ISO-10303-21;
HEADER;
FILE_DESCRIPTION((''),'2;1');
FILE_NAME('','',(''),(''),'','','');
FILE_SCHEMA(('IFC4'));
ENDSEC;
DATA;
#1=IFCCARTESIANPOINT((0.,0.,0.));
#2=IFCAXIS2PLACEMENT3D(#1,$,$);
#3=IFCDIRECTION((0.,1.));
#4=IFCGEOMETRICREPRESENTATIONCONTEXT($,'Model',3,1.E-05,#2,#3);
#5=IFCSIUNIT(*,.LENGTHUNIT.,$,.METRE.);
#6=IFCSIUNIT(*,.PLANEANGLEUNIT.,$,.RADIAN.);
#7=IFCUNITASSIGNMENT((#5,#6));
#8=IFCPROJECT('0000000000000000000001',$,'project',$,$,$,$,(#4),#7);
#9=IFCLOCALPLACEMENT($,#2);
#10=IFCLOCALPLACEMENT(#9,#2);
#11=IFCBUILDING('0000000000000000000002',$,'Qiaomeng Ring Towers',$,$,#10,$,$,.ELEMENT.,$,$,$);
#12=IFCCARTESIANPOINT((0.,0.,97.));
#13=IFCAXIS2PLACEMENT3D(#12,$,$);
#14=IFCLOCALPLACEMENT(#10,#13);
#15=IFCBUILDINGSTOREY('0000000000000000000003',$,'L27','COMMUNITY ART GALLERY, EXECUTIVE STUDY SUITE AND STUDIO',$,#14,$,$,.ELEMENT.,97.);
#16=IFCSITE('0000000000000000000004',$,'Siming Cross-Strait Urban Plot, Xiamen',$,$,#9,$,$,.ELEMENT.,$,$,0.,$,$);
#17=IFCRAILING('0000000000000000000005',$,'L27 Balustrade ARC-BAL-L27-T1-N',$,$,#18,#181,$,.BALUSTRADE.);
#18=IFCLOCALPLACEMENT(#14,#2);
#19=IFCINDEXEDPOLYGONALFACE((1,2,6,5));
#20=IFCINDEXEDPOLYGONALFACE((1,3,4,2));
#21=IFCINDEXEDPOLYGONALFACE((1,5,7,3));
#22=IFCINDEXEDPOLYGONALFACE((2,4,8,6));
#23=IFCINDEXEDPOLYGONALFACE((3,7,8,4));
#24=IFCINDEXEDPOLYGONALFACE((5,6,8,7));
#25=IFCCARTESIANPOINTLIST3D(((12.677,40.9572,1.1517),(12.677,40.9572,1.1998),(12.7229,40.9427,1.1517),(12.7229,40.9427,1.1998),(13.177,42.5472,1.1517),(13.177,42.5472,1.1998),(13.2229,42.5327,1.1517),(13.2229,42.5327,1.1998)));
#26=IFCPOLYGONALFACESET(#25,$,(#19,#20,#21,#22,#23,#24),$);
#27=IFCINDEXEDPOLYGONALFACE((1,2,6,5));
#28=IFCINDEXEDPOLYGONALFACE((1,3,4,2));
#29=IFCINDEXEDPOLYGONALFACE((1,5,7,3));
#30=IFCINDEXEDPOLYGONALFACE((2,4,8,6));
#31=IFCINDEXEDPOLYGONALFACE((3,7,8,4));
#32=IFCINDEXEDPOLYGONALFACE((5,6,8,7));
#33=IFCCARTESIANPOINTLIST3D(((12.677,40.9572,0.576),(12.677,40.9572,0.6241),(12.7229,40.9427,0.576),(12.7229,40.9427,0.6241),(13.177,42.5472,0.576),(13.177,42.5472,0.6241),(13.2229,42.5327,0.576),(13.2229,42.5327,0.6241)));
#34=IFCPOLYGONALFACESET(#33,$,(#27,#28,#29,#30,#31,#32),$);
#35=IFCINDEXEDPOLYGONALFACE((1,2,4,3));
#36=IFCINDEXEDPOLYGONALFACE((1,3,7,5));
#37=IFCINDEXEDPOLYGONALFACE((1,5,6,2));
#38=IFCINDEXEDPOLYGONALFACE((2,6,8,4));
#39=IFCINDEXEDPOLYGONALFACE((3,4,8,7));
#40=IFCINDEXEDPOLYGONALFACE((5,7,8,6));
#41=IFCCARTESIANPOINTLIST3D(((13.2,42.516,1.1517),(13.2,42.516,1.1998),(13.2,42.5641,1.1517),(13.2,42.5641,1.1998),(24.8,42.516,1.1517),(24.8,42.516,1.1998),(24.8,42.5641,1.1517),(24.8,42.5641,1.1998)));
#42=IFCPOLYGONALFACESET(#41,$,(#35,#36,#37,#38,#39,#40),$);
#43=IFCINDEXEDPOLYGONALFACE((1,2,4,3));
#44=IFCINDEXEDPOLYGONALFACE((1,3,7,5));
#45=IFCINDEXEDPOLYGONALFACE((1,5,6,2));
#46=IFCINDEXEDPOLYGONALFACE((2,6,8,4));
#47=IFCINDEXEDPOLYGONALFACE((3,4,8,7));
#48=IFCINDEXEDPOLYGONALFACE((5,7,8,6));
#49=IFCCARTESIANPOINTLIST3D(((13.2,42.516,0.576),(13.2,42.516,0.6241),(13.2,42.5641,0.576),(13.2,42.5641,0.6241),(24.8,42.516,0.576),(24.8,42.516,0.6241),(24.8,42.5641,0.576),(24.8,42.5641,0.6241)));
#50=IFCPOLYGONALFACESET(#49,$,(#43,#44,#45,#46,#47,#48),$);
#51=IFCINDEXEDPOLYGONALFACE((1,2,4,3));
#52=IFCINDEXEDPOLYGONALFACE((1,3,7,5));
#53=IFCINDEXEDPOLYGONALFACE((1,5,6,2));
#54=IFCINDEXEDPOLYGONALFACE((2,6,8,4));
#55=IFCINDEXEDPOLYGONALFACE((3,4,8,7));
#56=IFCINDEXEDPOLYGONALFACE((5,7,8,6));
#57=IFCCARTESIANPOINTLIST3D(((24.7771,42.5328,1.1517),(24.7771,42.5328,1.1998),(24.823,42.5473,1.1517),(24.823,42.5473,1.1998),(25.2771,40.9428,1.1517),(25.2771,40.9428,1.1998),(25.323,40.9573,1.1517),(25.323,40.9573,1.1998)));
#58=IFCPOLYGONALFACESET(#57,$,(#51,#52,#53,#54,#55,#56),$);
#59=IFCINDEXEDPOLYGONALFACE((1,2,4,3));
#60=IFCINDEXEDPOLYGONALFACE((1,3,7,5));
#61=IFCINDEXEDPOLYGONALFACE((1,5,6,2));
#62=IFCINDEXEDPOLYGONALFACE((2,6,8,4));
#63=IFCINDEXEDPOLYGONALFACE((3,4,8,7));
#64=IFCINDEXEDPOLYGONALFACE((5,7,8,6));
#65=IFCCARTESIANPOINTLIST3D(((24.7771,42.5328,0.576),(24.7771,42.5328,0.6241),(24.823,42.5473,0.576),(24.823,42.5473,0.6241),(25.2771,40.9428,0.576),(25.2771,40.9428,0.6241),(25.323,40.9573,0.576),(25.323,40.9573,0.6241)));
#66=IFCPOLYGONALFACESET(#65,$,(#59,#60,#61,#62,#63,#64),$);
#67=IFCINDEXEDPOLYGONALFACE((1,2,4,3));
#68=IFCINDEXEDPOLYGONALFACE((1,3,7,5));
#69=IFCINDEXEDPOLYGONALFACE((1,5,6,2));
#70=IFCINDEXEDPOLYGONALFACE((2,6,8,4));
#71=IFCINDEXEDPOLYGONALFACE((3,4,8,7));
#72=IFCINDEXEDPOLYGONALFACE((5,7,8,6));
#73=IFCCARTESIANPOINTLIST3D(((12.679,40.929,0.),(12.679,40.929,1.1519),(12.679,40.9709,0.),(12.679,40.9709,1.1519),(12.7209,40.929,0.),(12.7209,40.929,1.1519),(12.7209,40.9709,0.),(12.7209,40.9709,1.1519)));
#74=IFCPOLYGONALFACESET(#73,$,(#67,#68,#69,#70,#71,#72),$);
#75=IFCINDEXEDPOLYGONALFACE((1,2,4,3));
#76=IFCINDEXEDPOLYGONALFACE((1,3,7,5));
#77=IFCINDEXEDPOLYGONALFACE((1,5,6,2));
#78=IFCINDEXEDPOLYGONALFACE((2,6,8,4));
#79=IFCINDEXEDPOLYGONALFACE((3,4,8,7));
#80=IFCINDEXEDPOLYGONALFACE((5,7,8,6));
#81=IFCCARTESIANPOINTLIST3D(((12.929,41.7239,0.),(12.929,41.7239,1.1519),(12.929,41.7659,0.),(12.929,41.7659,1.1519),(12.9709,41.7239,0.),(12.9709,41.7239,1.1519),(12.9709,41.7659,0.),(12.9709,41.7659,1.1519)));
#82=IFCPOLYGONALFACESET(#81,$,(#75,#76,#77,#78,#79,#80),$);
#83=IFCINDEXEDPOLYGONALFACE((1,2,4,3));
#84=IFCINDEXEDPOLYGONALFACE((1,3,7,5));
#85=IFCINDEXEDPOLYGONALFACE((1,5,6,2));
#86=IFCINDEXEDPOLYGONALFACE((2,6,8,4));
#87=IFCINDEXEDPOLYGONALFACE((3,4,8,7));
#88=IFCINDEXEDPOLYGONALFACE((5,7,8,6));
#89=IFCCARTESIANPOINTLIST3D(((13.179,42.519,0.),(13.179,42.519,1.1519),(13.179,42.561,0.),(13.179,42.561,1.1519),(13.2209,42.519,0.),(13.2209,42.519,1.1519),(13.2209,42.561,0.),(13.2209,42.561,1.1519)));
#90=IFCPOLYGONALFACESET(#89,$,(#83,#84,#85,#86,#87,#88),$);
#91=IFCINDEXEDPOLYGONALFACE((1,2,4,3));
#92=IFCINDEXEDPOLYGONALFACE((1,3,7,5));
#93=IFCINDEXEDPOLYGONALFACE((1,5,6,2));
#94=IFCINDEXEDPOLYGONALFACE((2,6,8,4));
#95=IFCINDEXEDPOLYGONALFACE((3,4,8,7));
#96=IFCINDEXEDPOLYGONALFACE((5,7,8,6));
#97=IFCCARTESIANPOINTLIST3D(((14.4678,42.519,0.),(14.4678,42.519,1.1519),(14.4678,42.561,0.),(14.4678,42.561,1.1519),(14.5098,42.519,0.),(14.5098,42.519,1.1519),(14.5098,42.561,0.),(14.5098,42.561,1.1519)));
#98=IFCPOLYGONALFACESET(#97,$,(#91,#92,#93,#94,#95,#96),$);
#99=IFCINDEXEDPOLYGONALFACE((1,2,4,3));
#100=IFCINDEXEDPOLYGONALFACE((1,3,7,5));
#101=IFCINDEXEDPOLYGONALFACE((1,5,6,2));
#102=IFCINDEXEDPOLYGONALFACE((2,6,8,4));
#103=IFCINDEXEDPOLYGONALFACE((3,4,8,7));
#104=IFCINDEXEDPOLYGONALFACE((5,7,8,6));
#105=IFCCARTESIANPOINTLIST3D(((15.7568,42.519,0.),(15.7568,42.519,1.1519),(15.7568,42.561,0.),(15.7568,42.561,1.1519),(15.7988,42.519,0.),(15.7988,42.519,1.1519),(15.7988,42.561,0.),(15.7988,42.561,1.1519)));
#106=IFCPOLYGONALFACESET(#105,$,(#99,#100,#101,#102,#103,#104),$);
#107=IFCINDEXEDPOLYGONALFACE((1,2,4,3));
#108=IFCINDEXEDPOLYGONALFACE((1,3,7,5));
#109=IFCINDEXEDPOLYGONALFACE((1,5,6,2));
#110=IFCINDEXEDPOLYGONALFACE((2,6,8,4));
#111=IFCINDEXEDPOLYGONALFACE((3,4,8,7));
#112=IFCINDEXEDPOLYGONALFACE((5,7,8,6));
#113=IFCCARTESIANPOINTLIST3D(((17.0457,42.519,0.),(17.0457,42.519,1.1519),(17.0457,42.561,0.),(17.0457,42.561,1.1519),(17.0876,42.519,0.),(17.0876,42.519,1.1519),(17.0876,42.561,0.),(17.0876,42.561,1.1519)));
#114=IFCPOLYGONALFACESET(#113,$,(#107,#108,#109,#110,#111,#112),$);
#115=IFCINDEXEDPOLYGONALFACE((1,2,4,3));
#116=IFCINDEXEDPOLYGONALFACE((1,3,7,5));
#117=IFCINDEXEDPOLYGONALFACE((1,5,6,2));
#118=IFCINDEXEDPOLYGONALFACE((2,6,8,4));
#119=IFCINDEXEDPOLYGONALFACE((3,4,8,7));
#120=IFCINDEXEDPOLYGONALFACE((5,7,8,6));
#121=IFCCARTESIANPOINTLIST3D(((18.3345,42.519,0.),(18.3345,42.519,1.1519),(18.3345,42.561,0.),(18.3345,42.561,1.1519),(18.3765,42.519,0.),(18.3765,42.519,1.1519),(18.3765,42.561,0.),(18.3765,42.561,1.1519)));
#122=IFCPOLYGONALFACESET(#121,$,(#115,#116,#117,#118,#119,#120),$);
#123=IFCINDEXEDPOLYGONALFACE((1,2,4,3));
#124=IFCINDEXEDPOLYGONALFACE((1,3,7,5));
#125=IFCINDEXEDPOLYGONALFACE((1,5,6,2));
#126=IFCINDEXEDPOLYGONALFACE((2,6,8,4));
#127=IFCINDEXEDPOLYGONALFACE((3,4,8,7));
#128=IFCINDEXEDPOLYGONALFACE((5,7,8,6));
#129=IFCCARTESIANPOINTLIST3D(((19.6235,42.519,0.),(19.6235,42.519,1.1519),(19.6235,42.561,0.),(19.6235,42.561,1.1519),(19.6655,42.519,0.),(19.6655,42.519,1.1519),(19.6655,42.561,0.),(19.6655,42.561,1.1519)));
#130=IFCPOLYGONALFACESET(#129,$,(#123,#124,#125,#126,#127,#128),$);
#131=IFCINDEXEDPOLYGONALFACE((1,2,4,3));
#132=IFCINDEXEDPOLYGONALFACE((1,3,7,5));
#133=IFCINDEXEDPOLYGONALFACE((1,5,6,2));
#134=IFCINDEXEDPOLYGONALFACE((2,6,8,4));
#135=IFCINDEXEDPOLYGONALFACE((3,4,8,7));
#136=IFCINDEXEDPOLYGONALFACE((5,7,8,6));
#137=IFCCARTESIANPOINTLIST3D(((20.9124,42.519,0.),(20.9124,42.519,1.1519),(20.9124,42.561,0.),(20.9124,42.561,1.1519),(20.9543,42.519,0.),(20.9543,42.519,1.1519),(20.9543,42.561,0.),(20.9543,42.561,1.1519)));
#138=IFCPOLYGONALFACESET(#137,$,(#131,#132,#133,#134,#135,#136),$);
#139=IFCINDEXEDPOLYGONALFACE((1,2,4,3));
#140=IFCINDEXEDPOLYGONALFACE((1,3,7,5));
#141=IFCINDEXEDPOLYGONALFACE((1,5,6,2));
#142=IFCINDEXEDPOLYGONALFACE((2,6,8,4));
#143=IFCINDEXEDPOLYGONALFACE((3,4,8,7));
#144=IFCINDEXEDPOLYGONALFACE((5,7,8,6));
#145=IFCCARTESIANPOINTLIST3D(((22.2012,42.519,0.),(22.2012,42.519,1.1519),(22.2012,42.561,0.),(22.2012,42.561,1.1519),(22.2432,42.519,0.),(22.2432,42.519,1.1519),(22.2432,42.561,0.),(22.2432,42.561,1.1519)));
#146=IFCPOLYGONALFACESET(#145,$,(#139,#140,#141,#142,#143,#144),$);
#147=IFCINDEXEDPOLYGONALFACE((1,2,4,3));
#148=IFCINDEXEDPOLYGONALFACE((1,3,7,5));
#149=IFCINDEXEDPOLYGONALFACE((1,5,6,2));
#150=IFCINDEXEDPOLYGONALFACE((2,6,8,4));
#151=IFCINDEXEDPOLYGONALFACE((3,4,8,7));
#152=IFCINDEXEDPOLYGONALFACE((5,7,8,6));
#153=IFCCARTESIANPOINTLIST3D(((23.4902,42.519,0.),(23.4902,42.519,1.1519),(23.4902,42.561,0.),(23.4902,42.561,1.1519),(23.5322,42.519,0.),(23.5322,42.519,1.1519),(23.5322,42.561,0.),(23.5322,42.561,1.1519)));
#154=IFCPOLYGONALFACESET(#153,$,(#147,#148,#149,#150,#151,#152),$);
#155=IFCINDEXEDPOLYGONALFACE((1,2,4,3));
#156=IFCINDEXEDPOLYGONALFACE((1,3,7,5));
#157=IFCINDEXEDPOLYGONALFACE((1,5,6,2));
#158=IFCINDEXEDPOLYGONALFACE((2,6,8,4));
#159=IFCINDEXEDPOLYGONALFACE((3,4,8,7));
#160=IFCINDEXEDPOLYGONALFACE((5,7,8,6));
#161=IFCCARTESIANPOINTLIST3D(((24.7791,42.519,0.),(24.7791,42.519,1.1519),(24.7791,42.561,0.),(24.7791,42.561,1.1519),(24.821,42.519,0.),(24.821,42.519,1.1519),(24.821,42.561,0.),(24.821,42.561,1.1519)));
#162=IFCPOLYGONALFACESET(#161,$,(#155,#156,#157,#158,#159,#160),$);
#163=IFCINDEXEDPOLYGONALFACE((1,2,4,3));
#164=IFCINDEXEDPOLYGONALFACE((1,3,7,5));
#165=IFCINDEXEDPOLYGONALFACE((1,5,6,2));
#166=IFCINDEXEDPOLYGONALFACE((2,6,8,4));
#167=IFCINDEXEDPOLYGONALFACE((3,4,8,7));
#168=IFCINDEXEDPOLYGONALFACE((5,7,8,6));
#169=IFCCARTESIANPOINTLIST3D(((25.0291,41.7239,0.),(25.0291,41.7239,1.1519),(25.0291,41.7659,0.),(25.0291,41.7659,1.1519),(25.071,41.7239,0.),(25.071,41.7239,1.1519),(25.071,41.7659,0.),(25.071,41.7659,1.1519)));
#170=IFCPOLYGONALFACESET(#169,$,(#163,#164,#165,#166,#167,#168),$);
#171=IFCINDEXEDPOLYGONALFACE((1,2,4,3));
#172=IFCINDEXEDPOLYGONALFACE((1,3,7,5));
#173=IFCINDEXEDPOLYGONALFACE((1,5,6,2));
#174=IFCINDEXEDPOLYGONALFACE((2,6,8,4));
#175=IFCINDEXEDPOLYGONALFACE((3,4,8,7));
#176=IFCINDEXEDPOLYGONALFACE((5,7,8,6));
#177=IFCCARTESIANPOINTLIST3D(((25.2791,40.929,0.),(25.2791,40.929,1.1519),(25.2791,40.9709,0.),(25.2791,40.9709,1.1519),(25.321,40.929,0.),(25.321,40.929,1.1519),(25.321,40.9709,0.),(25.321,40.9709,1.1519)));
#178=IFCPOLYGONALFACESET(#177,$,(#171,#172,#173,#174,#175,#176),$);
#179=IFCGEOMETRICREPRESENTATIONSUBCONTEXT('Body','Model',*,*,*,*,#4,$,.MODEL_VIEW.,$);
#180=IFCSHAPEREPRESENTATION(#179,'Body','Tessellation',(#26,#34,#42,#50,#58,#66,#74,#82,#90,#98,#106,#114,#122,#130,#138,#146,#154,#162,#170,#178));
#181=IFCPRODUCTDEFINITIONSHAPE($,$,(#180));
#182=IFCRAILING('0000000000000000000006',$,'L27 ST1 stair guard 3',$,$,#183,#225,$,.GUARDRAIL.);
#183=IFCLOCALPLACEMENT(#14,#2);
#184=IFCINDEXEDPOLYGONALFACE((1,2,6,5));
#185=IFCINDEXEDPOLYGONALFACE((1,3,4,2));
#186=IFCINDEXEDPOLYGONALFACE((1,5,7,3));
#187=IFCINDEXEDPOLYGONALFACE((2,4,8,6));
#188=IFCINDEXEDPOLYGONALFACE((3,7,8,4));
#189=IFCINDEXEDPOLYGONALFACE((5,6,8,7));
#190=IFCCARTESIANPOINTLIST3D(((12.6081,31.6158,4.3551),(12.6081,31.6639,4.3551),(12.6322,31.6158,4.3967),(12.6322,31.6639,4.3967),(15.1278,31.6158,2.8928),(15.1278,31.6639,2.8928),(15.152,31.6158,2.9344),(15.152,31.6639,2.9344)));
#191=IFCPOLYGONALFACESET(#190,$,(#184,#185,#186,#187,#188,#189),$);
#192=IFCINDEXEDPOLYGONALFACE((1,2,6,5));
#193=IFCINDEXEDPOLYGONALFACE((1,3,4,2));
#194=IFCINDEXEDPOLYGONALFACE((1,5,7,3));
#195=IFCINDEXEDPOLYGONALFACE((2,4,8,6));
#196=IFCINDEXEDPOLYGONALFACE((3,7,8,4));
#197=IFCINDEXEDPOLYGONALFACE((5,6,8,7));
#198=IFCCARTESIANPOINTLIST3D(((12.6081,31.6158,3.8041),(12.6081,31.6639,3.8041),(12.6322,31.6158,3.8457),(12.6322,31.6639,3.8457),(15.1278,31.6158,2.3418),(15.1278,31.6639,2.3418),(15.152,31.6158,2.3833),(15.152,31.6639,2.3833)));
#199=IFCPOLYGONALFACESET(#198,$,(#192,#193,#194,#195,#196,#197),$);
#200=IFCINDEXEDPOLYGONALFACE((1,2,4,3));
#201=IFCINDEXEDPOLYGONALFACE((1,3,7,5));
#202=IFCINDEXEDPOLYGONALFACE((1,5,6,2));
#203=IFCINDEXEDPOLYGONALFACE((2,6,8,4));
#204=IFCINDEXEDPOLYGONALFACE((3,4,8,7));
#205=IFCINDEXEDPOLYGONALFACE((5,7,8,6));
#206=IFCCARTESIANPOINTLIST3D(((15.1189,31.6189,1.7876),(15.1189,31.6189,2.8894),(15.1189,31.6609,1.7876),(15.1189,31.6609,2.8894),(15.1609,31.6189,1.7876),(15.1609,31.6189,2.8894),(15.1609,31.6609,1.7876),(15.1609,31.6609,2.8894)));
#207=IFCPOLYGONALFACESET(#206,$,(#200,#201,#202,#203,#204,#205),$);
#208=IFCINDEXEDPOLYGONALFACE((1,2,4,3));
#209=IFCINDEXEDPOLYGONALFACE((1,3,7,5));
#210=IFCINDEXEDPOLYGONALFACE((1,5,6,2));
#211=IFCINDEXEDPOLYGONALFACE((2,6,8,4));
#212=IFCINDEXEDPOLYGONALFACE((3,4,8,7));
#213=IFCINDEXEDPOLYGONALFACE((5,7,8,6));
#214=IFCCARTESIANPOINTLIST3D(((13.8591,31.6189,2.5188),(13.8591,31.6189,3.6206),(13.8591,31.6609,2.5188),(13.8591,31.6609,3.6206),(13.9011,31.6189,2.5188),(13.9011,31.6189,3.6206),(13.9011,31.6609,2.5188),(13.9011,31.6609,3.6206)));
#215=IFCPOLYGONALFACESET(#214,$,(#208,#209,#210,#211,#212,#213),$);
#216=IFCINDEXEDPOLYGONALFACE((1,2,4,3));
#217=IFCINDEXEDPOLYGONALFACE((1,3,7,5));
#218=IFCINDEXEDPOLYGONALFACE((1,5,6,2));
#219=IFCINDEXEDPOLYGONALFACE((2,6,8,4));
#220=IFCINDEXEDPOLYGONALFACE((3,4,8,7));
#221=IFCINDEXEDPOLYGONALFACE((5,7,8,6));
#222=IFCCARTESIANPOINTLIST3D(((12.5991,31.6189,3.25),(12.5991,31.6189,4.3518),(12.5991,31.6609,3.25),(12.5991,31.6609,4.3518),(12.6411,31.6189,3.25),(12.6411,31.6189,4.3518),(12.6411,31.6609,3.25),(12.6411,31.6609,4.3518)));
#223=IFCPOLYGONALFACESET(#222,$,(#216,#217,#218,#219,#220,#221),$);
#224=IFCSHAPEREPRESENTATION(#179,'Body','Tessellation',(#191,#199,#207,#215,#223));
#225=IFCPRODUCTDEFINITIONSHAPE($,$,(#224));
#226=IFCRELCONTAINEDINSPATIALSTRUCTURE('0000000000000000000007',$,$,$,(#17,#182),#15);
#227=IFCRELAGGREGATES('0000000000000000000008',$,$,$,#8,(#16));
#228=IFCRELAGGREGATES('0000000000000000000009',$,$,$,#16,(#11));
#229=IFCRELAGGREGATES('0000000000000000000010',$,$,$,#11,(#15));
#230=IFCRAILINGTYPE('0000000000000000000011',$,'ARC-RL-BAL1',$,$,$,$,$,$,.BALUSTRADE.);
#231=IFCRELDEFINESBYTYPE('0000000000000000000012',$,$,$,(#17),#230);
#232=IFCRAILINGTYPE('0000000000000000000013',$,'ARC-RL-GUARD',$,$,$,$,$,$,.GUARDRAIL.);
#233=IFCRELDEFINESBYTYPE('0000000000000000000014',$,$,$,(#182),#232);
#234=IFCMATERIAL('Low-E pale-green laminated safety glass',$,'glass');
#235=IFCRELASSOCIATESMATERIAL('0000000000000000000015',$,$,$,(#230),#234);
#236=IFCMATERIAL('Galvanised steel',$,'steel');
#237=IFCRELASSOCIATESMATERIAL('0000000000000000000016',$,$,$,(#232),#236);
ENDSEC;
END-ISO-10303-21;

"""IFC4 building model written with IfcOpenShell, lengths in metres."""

from ifc_helpers import new_model, si_unit, direction, frame, origin, origin_2d, place, context, subcontext, project, spatial, rectangle, extrude, material, type_object, element, save


model = new_model("IFC4")

# Units and contexts
model_context = context("Model", 3, precision=1e-05, world=origin(), true_north=direction((0.0, 1.0)))
body_context = subcontext(model_context, "Body", "Model", "MODEL_VIEW")
ifc_project = project(units=[si_unit("LENGTHUNIT", "METRE"), si_unit("PLANEANGLEUNIT", "RADIAN")], contexts=[model_context])

# Site, building, storey
site_placement = place(None, origin())
site = spatial("IfcSite", under=ifc_project, at=site_placement, Name="Siming Cross-Strait Urban Plot, Xiamen", CompositionType="ELEMENT", RefElevation=0.0)
building_placement = place(site_placement, origin())
building = spatial("IfcBuilding", under=site, at=building_placement, Name="Qiaomeng Ring Towers", CompositionType="ELEMENT")
storey_placement = place(building_placement, frame((0.0, 0.0, 97.0)))
storey = spatial("IfcBuildingStorey", under=building, at=storey_placement, Name="L27", Description="COMMUNITY ART GALLERY, EXECUTIVE STUDY SUITE AND STUDIO", CompositionType="ELEMENT", Elevation=97.0)

# Shared definitions
ifc_material_1 = material(Name="Galvanised steel", Category="steel")

# Railings
ifc_material_2 = material(Name="Low-E pale-green laminated safety glass", Category="glass")
railing_type_1 = type_object("IfcRailingType", Name="ARC-RL-BAL1", PredefinedType="BALUSTRADE", material=ifc_material_2)
railing_1_placement = place(storey_placement, frame((12.7, 40.95, 0.0)))
element("IfcRailing", 1, at=railing_1_placement, inside=storey, type_object=railing_type_1, Name="L27 Balustrade ARC-BAL-L27-T1-N", PredefinedType="BALUSTRADE", context=body_context, shape_type="SweptSolid", body=[
    extrude(rectangle(XDim=0.0481, YDim=0.0481, at=origin_2d()), frame((0.0, 0.0, 1.1758), z_axis=(0.299968, 0.953949, 0.0), x_axis=(-0.953949, 0.299968, 0.0)), (0.0, 0.0, 1.0), 1.6667),
    extrude(rectangle(XDim=0.0481, YDim=0.0481, at=origin_2d()), frame((0.0, 0.0, 0.6001), z_axis=(0.299968, 0.953949, 0.0), x_axis=(-0.953949, 0.299968, 0.0)), (0.0, 0.0, 1.0), 1.6667),
    extrude(rectangle(XDim=0.0481, YDim=0.0481, at=origin_2d()), frame((0.5, 1.5901, 1.1758), z_axis=(1.0, 0.0, 0.0), x_axis=(0.0, 1.0, 0.0)), (0.0, 0.0, 1.0), 11.6001),
    extrude(rectangle(XDim=0.0481, YDim=0.0481, at=origin_2d()), frame((0.5, 1.5901, 0.6001), z_axis=(1.0, 0.0, 0.0), x_axis=(0.0, 1.0, 0.0)), (0.0, 0.0, 1.0), 11.6001),
    extrude(rectangle(XDim=0.0481, YDim=0.0481, at=origin_2d()), frame((12.1001, 1.5901, 1.1758), z_axis=(0.299968, -0.953949, 0.0), x_axis=(0.953949, 0.299968, 0.0)), (0.0, 0.0, 1.0), 1.6667),
    extrude(rectangle(XDim=0.0481, YDim=0.0481, at=origin_2d()), frame((12.1001, 1.5901, 0.6001), z_axis=(0.299968, -0.953949, 0.0), x_axis=(0.953949, 0.299968, 0.0)), (0.0, 0.0, 1.0), 1.6667),
    extrude(rectangle(XDim=0.042, YDim=0.042, at=origin_2d()), origin(), (0.0, 0.0, 1.0), 1.1519),
    extrude(rectangle(XDim=0.042, YDim=0.042, at=origin_2d()), frame((0.25, 0.7949, 0.0)), (0.0, 0.0, 1.0), 1.1519),
    extrude(rectangle(XDim=0.042, YDim=0.042, at=origin_2d()), frame((0.5, 1.5901, 0.0)), (0.0, 0.0, 1.0), 1.1519),
    extrude(rectangle(XDim=0.042, YDim=0.042, at=origin_2d()), frame((1.7888, 1.5901, 0.0)), (0.0, 0.0, 1.0), 1.1519),
    extrude(rectangle(XDim=0.042, YDim=0.042, at=origin_2d()), frame((3.0779, 1.5901, 0.0)), (0.0, 0.0, 1.0), 1.1519),
    extrude(rectangle(XDim=0.042, YDim=0.042, at=origin_2d()), frame((4.3667, 1.5901, 0.0)), (0.0, 0.0, 1.0), 1.1519),
    extrude(rectangle(XDim=0.042, YDim=0.042, at=origin_2d()), frame((5.6555, 1.5901, 0.0)), (0.0, 0.0, 1.0), 1.1519),
    extrude(rectangle(XDim=0.042, YDim=0.042, at=origin_2d()), frame((6.9446, 1.5901, 0.0)), (0.0, 0.0, 1.0), 1.1519),
    extrude(rectangle(XDim=0.042, YDim=0.042, at=origin_2d()), frame((8.2334, 1.5901, 0.0)), (0.0, 0.0, 1.0), 1.1519),
    extrude(rectangle(XDim=0.042, YDim=0.042, at=origin_2d()), frame((9.5222, 1.5901, 0.0)), (0.0, 0.0, 1.0), 1.1519),
    extrude(rectangle(XDim=0.042, YDim=0.042, at=origin_2d()), frame((10.8113, 1.5901, 0.0)), (0.0, 0.0, 1.0), 1.1519),
    extrude(rectangle(XDim=0.042, YDim=0.042, at=origin_2d()), frame((12.1001, 1.5901, 0.0)), (0.0, 0.0, 1.0), 1.1519),
    extrude(rectangle(XDim=0.042, YDim=0.042, at=origin_2d()), frame((12.3501, 0.7949, 0.0)), (0.0, 0.0, 1.0), 1.1519),
    extrude(rectangle(XDim=0.042, YDim=0.042, at=origin_2d()), frame((12.6001, 0.0, 0.0)), (0.0, 0.0, 1.0), 1.1519),
])
railing_type_2 = type_object("IfcRailingType", Name="ARC-RL-GUARD", PredefinedType="GUARDRAIL", material=ifc_material_1)
railing_2_placement = place(storey_placement, frame((15.1399, 31.6399, 1.7876)))
element("IfcRailing", 2, at=railing_2_placement, inside=storey, type_object=railing_type_2, Name="L27 ST1 stair guard 3", PredefinedType="GUARDRAIL", context=body_context, shape_type="SweptSolid", body=[
    extrude(rectangle(XDim=0.0481, YDim=0.0481, at=origin_2d()), frame((0.0, 0.0, 1.126), z_axis=(-0.864892, 0.0, 0.501958), x_axis=(0.0, -1.0, 0.0)), (0.0, 0.0, 1.0), 2.9133),
    extrude(rectangle(XDim=0.0481, YDim=0.0481, at=origin_2d()), frame((0.0, 0.0, 0.575), z_axis=(-0.864892, 0.0, 0.501958), x_axis=(0.0, -1.0, 0.0)), (0.0, 0.0, 1.0), 2.9133),
    extrude(rectangle(XDim=0.042, YDim=0.042, at=origin_2d()), origin(), (0.0, 0.0, 1.0), 1.1018),
    extrude(rectangle(XDim=0.042, YDim=0.042, at=origin_2d()), frame((-1.2598, 0.0, 0.7312)), (0.0, 0.0, 1.0), 1.1018),
    extrude(rectangle(XDim=0.042, YDim=0.042, at=origin_2d()), frame((-2.5198, 0.0, 1.4624)), (0.0, 0.0, 1.0), 1.1018),
])

save(model, "model.ifc")
